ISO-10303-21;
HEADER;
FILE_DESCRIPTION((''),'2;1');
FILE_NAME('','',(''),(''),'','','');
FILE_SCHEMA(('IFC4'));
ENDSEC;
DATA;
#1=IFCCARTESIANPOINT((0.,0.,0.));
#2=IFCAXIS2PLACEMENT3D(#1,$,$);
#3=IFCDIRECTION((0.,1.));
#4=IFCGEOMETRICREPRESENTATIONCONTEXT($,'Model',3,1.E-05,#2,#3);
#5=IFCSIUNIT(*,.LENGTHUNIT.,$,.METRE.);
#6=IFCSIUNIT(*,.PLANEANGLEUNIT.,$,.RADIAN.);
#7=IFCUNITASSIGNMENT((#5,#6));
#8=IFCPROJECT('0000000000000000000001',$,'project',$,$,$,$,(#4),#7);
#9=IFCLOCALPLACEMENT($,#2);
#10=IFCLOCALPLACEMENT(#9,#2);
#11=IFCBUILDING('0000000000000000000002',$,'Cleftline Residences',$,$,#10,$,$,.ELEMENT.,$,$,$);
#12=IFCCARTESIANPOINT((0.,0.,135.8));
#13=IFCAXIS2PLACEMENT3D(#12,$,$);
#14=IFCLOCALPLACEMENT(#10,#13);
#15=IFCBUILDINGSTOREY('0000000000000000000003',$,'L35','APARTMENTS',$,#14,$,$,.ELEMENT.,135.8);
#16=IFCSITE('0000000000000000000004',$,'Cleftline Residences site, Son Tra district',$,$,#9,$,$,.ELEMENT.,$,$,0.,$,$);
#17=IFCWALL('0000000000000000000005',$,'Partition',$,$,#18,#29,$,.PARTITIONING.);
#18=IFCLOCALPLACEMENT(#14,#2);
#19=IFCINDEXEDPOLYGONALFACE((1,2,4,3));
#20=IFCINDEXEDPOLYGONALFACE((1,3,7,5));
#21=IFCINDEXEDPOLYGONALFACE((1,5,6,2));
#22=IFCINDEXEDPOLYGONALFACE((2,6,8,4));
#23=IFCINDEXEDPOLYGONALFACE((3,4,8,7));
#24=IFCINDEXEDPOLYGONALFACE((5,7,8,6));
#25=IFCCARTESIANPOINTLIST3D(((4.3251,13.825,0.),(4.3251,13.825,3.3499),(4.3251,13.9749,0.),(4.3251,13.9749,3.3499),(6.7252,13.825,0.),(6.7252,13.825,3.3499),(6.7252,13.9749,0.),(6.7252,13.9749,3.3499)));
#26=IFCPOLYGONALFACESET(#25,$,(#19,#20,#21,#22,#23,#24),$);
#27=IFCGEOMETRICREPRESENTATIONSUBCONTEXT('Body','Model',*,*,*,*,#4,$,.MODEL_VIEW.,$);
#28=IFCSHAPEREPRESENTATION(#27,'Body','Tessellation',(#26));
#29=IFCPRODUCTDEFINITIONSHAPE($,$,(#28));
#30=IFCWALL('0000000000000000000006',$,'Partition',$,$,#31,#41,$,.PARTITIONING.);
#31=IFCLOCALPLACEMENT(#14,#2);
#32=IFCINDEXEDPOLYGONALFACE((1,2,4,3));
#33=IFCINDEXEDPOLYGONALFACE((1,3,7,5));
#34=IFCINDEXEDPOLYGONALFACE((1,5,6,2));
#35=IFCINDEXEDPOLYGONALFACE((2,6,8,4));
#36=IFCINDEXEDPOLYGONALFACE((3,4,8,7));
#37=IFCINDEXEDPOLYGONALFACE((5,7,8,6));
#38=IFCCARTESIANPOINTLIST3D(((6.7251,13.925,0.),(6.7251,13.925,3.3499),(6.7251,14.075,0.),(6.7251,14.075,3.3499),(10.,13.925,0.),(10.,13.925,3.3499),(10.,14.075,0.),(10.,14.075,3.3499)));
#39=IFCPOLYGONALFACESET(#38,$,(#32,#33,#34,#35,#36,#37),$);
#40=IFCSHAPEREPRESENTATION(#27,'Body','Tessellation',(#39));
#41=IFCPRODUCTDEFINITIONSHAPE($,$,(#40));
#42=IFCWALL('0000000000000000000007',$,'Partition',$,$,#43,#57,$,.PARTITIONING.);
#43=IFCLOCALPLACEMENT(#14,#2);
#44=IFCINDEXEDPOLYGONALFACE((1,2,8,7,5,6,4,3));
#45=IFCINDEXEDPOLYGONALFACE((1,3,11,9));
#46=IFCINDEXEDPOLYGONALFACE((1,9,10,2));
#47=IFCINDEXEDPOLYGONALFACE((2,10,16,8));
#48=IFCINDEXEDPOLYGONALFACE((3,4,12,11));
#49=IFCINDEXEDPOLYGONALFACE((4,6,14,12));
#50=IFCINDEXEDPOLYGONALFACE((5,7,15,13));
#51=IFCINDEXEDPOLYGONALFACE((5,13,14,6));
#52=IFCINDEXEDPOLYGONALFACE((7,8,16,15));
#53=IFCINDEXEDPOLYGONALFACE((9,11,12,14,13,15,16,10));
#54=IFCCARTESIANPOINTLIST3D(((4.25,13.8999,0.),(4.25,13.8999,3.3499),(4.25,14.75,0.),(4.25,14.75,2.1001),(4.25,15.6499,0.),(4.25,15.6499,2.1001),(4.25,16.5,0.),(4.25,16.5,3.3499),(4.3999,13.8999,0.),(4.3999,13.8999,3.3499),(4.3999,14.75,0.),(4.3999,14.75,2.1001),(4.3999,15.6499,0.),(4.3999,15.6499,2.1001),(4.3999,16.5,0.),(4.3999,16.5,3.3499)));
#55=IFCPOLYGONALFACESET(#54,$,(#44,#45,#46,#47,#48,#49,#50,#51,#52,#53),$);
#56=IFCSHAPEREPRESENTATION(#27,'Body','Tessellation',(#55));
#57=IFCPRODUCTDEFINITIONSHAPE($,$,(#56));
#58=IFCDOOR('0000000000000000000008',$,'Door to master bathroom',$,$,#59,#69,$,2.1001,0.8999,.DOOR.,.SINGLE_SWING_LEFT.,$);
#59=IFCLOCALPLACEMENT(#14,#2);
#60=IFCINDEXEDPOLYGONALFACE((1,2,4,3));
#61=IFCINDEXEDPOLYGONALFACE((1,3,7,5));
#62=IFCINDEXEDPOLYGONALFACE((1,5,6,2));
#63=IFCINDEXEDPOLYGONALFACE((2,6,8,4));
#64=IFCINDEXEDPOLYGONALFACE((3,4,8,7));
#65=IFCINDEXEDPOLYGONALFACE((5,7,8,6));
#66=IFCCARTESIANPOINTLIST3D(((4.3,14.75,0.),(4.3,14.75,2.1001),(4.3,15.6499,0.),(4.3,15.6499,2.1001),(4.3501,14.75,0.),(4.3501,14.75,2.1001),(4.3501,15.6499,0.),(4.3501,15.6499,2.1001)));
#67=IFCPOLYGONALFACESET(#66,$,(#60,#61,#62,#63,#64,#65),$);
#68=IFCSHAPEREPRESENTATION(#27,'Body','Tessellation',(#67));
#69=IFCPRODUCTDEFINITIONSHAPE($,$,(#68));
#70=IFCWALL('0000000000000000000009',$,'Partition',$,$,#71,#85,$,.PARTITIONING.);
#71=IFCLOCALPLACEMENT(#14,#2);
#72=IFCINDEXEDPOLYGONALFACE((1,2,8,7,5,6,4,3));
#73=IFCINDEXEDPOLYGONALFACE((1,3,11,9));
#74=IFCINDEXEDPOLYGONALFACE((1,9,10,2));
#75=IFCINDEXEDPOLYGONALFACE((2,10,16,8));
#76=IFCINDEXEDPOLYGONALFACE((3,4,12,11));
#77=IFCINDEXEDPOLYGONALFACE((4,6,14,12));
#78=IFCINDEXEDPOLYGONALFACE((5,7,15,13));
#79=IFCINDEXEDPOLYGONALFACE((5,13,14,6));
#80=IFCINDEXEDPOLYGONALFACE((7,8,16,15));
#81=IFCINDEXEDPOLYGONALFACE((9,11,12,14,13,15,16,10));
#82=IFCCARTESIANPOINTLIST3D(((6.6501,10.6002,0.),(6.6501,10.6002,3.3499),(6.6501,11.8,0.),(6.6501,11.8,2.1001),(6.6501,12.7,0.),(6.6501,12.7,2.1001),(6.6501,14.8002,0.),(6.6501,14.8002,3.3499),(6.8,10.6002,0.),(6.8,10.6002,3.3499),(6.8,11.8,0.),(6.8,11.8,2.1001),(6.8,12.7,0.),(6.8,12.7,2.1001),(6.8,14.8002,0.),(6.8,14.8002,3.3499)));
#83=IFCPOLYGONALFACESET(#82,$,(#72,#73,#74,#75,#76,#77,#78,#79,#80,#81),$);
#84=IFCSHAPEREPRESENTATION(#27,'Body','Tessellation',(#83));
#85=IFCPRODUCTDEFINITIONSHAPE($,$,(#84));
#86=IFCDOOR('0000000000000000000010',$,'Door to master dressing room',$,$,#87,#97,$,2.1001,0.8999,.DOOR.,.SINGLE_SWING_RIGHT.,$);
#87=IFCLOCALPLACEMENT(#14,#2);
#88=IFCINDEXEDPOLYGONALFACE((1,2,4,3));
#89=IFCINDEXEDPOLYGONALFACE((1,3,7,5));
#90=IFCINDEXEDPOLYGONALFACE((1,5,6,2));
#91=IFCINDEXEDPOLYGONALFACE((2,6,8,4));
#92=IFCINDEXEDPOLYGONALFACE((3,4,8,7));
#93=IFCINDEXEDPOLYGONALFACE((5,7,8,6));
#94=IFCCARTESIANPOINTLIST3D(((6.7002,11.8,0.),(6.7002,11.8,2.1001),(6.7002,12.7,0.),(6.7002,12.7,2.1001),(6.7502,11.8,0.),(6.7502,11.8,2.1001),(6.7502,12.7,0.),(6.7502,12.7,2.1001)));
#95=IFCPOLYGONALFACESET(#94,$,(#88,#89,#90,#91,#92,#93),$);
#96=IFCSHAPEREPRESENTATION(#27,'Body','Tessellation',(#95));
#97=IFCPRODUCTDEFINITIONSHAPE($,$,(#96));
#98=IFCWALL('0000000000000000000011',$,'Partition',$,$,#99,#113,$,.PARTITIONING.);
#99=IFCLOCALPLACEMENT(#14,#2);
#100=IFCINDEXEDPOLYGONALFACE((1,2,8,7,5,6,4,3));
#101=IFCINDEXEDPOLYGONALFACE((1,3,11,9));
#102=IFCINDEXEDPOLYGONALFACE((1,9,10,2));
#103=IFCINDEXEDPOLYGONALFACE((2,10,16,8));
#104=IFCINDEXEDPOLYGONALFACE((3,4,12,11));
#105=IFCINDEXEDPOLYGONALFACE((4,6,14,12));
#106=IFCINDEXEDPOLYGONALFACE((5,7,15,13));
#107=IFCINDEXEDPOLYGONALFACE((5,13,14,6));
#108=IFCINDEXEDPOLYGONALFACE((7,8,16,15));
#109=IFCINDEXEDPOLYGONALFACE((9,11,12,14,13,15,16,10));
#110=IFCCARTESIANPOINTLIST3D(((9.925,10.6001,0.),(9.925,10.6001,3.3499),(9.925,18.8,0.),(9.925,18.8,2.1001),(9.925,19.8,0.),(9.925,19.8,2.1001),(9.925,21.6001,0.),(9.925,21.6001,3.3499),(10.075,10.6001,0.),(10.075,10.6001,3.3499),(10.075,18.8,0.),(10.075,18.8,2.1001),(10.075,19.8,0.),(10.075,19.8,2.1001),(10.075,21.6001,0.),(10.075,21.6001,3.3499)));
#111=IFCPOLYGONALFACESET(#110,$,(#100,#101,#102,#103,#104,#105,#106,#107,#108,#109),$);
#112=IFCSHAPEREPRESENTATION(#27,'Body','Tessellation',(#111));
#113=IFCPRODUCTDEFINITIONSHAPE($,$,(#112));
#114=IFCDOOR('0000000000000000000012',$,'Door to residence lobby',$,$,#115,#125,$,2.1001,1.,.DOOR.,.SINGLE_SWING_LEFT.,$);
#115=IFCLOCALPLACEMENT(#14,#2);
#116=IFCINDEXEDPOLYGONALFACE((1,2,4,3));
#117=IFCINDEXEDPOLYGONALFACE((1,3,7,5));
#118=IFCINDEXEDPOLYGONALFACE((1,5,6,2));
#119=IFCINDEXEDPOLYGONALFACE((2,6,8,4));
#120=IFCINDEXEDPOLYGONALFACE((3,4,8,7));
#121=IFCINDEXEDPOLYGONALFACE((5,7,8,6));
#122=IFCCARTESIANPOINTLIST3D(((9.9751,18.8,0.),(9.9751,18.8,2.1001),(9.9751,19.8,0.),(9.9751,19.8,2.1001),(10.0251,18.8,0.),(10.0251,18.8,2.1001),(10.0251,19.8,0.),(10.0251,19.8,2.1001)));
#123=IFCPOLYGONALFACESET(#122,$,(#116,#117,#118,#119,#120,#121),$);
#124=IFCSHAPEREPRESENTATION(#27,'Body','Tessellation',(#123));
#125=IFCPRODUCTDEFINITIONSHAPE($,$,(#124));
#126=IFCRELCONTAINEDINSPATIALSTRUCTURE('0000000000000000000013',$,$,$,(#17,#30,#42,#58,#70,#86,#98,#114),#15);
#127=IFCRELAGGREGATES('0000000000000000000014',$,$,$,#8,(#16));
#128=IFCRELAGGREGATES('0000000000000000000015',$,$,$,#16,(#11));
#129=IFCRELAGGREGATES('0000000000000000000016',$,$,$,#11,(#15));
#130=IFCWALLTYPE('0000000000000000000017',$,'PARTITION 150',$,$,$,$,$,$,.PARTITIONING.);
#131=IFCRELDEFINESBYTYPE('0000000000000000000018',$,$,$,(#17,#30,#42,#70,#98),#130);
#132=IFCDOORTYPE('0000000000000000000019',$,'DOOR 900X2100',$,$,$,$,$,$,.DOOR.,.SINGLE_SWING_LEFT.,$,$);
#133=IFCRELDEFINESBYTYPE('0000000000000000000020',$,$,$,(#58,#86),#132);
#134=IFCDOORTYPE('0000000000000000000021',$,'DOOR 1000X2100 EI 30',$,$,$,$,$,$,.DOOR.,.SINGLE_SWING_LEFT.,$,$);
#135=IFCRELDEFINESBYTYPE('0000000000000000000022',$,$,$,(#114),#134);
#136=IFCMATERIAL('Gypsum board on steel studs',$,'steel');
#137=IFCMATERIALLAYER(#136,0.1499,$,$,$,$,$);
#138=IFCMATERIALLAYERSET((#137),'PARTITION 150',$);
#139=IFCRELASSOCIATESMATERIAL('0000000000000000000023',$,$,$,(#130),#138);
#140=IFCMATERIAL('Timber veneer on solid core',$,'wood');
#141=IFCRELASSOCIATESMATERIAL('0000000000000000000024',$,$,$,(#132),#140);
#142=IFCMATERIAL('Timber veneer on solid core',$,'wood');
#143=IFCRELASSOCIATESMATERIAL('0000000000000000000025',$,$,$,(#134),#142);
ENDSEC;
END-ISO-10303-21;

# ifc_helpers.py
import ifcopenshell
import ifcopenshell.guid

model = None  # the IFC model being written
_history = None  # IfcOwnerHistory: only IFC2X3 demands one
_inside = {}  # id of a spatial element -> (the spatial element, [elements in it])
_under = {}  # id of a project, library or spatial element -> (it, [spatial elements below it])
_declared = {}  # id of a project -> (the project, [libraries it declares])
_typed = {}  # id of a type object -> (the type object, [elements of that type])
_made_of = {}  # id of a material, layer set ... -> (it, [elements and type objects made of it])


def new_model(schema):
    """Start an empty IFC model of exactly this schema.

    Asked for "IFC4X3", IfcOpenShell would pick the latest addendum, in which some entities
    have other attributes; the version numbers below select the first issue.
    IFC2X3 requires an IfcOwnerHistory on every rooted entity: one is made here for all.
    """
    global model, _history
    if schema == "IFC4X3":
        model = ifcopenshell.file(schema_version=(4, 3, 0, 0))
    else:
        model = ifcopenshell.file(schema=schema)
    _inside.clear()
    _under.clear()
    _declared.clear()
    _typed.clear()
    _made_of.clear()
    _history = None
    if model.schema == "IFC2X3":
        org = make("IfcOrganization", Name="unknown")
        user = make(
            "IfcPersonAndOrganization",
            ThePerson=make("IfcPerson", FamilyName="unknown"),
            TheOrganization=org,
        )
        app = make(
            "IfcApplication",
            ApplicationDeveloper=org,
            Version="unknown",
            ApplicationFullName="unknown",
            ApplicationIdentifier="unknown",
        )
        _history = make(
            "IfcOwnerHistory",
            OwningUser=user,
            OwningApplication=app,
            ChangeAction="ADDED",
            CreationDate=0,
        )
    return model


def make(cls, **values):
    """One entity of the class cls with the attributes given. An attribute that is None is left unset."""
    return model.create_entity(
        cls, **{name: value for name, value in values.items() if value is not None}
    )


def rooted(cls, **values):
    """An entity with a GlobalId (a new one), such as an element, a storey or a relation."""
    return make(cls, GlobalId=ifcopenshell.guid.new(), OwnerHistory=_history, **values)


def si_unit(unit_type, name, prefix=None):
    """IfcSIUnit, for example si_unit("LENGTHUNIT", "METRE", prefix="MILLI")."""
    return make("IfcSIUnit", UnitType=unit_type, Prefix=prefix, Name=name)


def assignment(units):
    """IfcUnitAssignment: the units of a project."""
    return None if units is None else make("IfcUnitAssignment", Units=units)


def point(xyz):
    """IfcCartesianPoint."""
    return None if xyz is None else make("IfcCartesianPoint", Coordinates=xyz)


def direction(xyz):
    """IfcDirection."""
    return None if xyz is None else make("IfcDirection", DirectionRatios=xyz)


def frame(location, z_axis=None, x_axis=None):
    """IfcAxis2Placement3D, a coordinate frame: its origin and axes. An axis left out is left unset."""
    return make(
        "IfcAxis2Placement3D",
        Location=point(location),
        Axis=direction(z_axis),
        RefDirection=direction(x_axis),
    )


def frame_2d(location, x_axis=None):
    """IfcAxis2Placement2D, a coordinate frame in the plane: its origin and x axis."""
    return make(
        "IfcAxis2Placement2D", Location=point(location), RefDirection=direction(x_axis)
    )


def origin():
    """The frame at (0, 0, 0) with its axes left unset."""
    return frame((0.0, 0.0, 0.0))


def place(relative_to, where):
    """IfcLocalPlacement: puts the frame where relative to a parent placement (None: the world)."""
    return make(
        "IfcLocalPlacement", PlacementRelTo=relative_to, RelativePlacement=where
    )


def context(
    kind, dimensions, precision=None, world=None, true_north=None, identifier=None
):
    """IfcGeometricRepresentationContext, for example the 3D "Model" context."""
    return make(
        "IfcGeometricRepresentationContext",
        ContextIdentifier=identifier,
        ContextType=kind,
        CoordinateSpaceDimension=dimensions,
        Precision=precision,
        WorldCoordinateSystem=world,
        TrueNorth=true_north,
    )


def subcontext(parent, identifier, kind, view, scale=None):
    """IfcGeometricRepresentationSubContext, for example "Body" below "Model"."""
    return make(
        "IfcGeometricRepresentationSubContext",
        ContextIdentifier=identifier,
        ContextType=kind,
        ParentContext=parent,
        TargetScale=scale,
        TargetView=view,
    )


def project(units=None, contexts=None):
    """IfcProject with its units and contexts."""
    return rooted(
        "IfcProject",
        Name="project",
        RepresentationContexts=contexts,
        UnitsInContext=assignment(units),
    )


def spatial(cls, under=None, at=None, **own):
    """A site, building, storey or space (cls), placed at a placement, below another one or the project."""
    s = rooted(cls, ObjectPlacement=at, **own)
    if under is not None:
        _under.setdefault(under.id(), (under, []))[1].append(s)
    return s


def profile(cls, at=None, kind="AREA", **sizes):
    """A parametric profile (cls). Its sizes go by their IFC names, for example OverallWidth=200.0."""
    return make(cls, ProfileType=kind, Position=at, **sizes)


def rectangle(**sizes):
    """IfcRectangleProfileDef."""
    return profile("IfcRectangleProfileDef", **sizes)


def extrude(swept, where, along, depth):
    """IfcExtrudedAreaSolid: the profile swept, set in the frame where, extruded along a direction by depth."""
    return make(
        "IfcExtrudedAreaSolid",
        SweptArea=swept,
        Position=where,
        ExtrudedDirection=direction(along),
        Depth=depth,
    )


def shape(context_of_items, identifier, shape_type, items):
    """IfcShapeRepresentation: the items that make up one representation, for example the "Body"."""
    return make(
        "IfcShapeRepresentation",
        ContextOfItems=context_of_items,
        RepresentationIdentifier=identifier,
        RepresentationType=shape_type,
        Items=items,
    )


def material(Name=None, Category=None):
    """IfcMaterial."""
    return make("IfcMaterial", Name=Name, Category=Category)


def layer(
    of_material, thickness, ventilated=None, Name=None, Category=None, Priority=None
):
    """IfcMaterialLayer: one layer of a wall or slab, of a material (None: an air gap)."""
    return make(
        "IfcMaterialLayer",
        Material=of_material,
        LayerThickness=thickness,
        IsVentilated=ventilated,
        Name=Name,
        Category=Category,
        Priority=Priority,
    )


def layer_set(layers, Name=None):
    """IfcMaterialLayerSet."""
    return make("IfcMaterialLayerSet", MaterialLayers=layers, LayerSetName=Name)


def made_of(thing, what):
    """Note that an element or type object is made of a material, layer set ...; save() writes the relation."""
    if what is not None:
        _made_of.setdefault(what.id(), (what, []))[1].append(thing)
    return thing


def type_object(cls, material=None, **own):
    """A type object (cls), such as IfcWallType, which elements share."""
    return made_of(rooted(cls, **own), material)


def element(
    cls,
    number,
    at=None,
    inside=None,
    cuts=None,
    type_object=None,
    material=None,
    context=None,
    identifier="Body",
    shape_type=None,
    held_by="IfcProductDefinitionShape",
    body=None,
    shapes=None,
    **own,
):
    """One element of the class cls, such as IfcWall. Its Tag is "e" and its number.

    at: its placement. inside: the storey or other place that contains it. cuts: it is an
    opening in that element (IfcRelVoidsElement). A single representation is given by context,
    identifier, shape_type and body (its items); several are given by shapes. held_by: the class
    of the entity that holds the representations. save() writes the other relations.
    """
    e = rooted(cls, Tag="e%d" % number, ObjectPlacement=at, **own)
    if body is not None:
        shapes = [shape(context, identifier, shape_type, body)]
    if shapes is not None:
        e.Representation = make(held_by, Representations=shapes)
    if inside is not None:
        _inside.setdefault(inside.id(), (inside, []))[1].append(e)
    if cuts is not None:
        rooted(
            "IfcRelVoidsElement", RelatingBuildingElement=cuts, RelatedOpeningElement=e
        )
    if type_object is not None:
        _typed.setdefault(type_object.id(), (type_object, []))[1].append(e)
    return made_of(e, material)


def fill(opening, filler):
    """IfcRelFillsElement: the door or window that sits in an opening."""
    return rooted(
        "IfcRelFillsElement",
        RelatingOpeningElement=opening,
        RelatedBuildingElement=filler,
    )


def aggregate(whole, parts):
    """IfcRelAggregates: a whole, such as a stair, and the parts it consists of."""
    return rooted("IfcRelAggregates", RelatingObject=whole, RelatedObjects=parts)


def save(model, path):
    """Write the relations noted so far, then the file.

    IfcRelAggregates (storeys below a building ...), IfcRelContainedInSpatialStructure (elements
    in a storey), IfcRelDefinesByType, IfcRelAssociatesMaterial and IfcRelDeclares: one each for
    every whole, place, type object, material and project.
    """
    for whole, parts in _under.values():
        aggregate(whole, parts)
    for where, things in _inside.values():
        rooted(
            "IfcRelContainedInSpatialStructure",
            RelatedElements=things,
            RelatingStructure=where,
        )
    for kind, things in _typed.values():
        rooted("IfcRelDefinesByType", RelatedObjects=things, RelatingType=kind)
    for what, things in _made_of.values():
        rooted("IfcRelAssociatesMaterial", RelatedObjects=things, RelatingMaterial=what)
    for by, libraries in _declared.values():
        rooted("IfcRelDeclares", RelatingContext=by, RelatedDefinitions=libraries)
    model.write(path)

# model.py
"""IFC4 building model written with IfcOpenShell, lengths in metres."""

from ifc_helpers import new_model, si_unit, direction, frame, frame_2d, origin, place, context, subcontext, project, spatial, rectangle, extrude, material, layer, layer_set, type_object, element, fill, save


model = new_model("IFC4")

# Units and contexts
model_context = context("Model", 3, precision=1e-05, world=origin(), true_north=direction((0.0, 1.0)))
body_context = subcontext(model_context, "Body", "Model", "MODEL_VIEW")
ifc_project = project(units=[si_unit("LENGTHUNIT", "METRE"), si_unit("PLANEANGLEUNIT", "RADIAN")], contexts=[model_context])

# Site, building, storey
site_placement = place(None, origin())
site = spatial("IfcSite", under=ifc_project, at=site_placement, Name="Cleftline Residences site, Son Tra district", CompositionType="ELEMENT", RefElevation=0.0)
building_placement = place(site_placement, origin())
building = spatial("IfcBuilding", under=site, at=building_placement, Name="Cleftline Residences", CompositionType="ELEMENT")
storey_placement = place(building_placement, frame((0.0, 0.0, 135.8)))
storey = spatial("IfcBuildingStorey", under=building, at=storey_placement, Name="L35", Description="APARTMENTS", CompositionType="ELEMENT", Elevation=135.8)

# Shared definitions
ifc_material_1 = material(Name="Gypsum board on steel studs", Category="steel")
ifc_layer = layer(ifc_material_1, 0.1499)
ifc_layer_set = layer_set([ifc_layer], Name="PARTITION 150")
wall_type = type_object("IfcWallType", Name="PARTITION 150", PredefinedType="PARTITIONING", material=ifc_layer_set)

# Walls
wall_1_placement = place(storey_placement, frame((4.325, 13.8999, 0.0), z_axis=(0.0, 0.0, 1.0), x_axis=(1.0, 0.0, 0.0)))
element("IfcWall", 1, at=wall_1_placement, inside=storey, type_object=wall_type, Name="Partition", PredefinedType="PARTITIONING", context=body_context, shape_type="SweptSolid", body=[
    extrude(rectangle(XDim=2.4001, YDim=0.1499, at=frame_2d((1.2002, 0.0))), origin(), (0.0, 0.0, 1.0), 3.3499),
])
wall_2_placement = place(storey_placement, frame((6.7251, 14.0, 0.0), z_axis=(0.0, 0.0, 1.0), x_axis=(1.0, 0.0, 0.0)))
element("IfcWall", 2, at=wall_2_placement, inside=storey, type_object=wall_type, Name="Partition", PredefinedType="PARTITIONING", context=body_context, shape_type="SweptSolid", body=[
    extrude(rectangle(XDim=3.2749, YDim=0.1499, at=frame_2d((1.6375, 0.0))), origin(), (0.0, 0.0, 1.0), 3.3499),
])

# Walls, openings, doors
wall_3_placement = place(storey_placement, frame((4.325, 13.8999, 0.0), z_axis=(0.0, 0.0, 1.0), x_axis=(0.0, 1.0, 0.0)))
wall_3 = element("IfcWall", 3, at=wall_3_placement, inside=storey, type_object=wall_type, Name="Partition", PredefinedType="PARTITIONING", context=body_context, shape_type="SweptSolid", body=[
    extrude(rectangle(XDim=2.6001, YDim=0.1499, at=frame_2d((1.3, 0.0))), origin(), (0.0, 0.0, 1.0), 3.3499),
])
opening_1_placement = place(wall_3_placement, frame((0.8501, 0.0, 0.0)))
opening_1 = element("IfcOpeningElement", 4, at=opening_1_placement, cuts=wall_3, PredefinedType="OPENING", context=body_context, shape_type="SweptSolid", body=[
    extrude(rectangle(XDim=0.8999, YDim=2.1001, at=frame_2d((0.45, 1.05))), frame((0.0, 0.085, 0.0), z_axis=(0.0, -1.0, 0.0), x_axis=(1.0, 0.0, 0.0)), (0.0, 0.0, 1.0), 0.1699),
])
ifc_material_2 = material(Name="Timber veneer on solid core", Category="wood")
door_type_1 = type_object("IfcDoorType", Name="DOOR 900X2100", OperationType="SINGLE_SWING_LEFT", PredefinedType="DOOR", material=ifc_material_2)
door_1_placement = place(opening_1_placement, origin())
door_1 = element("IfcDoor", 5, at=door_1_placement, inside=storey, type_object=door_type_1, Name="Door to master bathroom", OperationType="SINGLE_SWING_LEFT", OverallHeight=2.1001, OverallWidth=0.8999, PredefinedType="DOOR", context=body_context, shape_type="SweptSolid", body=[
    extrude(rectangle(XDim=0.8999, YDim=2.1001, at=frame_2d((0.45, 1.05))), frame((0.0, 0.0249, 0.0), z_axis=(0.0, -1.0, 0.0), x_axis=(1.0, 0.0, 0.0)), (0.0, 0.0, 1.0), 0.05),
])
fill(opening_1, door_1)
wall_4_placement = place(storey_placement, frame((6.7251, 10.6001, 0.0), z_axis=(0.0, 0.0, 1.0), x_axis=(0.0, 1.0, 0.0)))
wall_4 = element("IfcWall", 6, at=wall_4_placement, inside=storey, type_object=wall_type, Name="Partition", PredefinedType="PARTITIONING", context=body_context, shape_type="SweptSolid", body=[
    extrude(rectangle(XDim=4.2, YDim=0.1499, at=frame_2d((2.1001, 0.0))), origin(), (0.0, 0.0, 1.0), 3.3499),
])
opening_2_placement = place(wall_4_placement, frame((1.2, 0.0, 0.0)))
opening_2 = element("IfcOpeningElement", 7, at=opening_2_placement, cuts=wall_4, PredefinedType="OPENING", context=body_context, shape_type="SweptSolid", body=[
    extrude(rectangle(XDim=0.8999, YDim=2.1001, at=frame_2d((0.45, 1.05))), frame((0.0, 0.085, 0.0), z_axis=(0.0, -1.0, 0.0), x_axis=(1.0, 0.0, 0.0)), (0.0, 0.0, 1.0), 0.1699),
])
door_2_placement = place(opening_2_placement, origin())
door_2 = element("IfcDoor", 8, at=door_2_placement, inside=storey, type_object=door_type_1, Name="Door to master dressing room", OperationType="SINGLE_SWING_RIGHT", OverallHeight=2.1001, OverallWidth=0.8999, PredefinedType="DOOR", context=body_context, shape_type="SweptSolid", body=[
    extrude(rectangle(XDim=0.8999, YDim=2.1001, at=frame_2d((0.45, 1.05))), frame((0.0, 0.0249, 0.0), z_axis=(0.0, -1.0, 0.0), x_axis=(1.0, 0.0, 0.0)), (0.0, 0.0, 1.0), 0.05),
])
fill(opening_2, door_2)
wall_5_placement = place(storey_placement, frame((10.0, 10.6001, 0.0), z_axis=(0.0, 0.0, 1.0), x_axis=(0.0, 1.0, 0.0)))
wall_5 = element("IfcWall", 9, at=wall_5_placement, inside=storey, type_object=wall_type, Name="Partition", PredefinedType="PARTITIONING", context=body_context, shape_type="SweptSolid", body=[
    extrude(rectangle(XDim=11.0, YDim=0.1499, at=frame_2d((5.5, 0.0))), origin(), (0.0, 0.0, 1.0), 3.3499),
])
opening_3_placement = place(wall_5_placement, frame((8.2, 0.0, 0.0)))
opening_3 = element("IfcOpeningElement", 10, at=opening_3_placement, cuts=wall_5, PredefinedType="OPENING", context=body_context, shape_type="SweptSolid", body=[
    extrude(rectangle(XDim=1.0, YDim=2.1001, at=frame_2d((0.5, 1.05))), frame((0.0, 0.085, 0.0), z_axis=(0.0, -1.0, 0.0), x_axis=(1.0, 0.0, 0.0)), (0.0, 0.0, 1.0), 0.1699),
])
ifc_material_3 = material(Name="Timber veneer on solid core", Category="wood")
door_type_2 = type_object("IfcDoorType", Name="DOOR 1000X2100 EI 30", OperationType="SINGLE_SWING_LEFT", PredefinedType="DOOR", material=ifc_material_3)
door_3_placement = place(opening_3_placement, origin())
door_3 = element("IfcDoor", 11, at=door_3_placement, inside=storey, type_object=door_type_2, Name="Door to residence lobby", OperationType="SINGLE_SWING_LEFT", OverallHeight=2.1001, OverallWidth=1.0, PredefinedType="DOOR", context=body_context, shape_type="SweptSolid", body=[
    extrude(rectangle(XDim=1.0, YDim=2.1001, at=frame_2d((0.5, 1.05))), frame((0.0, 0.0249, 0.0), z_axis=(0.0, -1.0, 0.0), x_axis=(1.0, 0.0, 0.0)), (0.0, 0.0, 1.0), 0.05),
])
fill(opening_3, door_3)

save(model, "model.ifc")
